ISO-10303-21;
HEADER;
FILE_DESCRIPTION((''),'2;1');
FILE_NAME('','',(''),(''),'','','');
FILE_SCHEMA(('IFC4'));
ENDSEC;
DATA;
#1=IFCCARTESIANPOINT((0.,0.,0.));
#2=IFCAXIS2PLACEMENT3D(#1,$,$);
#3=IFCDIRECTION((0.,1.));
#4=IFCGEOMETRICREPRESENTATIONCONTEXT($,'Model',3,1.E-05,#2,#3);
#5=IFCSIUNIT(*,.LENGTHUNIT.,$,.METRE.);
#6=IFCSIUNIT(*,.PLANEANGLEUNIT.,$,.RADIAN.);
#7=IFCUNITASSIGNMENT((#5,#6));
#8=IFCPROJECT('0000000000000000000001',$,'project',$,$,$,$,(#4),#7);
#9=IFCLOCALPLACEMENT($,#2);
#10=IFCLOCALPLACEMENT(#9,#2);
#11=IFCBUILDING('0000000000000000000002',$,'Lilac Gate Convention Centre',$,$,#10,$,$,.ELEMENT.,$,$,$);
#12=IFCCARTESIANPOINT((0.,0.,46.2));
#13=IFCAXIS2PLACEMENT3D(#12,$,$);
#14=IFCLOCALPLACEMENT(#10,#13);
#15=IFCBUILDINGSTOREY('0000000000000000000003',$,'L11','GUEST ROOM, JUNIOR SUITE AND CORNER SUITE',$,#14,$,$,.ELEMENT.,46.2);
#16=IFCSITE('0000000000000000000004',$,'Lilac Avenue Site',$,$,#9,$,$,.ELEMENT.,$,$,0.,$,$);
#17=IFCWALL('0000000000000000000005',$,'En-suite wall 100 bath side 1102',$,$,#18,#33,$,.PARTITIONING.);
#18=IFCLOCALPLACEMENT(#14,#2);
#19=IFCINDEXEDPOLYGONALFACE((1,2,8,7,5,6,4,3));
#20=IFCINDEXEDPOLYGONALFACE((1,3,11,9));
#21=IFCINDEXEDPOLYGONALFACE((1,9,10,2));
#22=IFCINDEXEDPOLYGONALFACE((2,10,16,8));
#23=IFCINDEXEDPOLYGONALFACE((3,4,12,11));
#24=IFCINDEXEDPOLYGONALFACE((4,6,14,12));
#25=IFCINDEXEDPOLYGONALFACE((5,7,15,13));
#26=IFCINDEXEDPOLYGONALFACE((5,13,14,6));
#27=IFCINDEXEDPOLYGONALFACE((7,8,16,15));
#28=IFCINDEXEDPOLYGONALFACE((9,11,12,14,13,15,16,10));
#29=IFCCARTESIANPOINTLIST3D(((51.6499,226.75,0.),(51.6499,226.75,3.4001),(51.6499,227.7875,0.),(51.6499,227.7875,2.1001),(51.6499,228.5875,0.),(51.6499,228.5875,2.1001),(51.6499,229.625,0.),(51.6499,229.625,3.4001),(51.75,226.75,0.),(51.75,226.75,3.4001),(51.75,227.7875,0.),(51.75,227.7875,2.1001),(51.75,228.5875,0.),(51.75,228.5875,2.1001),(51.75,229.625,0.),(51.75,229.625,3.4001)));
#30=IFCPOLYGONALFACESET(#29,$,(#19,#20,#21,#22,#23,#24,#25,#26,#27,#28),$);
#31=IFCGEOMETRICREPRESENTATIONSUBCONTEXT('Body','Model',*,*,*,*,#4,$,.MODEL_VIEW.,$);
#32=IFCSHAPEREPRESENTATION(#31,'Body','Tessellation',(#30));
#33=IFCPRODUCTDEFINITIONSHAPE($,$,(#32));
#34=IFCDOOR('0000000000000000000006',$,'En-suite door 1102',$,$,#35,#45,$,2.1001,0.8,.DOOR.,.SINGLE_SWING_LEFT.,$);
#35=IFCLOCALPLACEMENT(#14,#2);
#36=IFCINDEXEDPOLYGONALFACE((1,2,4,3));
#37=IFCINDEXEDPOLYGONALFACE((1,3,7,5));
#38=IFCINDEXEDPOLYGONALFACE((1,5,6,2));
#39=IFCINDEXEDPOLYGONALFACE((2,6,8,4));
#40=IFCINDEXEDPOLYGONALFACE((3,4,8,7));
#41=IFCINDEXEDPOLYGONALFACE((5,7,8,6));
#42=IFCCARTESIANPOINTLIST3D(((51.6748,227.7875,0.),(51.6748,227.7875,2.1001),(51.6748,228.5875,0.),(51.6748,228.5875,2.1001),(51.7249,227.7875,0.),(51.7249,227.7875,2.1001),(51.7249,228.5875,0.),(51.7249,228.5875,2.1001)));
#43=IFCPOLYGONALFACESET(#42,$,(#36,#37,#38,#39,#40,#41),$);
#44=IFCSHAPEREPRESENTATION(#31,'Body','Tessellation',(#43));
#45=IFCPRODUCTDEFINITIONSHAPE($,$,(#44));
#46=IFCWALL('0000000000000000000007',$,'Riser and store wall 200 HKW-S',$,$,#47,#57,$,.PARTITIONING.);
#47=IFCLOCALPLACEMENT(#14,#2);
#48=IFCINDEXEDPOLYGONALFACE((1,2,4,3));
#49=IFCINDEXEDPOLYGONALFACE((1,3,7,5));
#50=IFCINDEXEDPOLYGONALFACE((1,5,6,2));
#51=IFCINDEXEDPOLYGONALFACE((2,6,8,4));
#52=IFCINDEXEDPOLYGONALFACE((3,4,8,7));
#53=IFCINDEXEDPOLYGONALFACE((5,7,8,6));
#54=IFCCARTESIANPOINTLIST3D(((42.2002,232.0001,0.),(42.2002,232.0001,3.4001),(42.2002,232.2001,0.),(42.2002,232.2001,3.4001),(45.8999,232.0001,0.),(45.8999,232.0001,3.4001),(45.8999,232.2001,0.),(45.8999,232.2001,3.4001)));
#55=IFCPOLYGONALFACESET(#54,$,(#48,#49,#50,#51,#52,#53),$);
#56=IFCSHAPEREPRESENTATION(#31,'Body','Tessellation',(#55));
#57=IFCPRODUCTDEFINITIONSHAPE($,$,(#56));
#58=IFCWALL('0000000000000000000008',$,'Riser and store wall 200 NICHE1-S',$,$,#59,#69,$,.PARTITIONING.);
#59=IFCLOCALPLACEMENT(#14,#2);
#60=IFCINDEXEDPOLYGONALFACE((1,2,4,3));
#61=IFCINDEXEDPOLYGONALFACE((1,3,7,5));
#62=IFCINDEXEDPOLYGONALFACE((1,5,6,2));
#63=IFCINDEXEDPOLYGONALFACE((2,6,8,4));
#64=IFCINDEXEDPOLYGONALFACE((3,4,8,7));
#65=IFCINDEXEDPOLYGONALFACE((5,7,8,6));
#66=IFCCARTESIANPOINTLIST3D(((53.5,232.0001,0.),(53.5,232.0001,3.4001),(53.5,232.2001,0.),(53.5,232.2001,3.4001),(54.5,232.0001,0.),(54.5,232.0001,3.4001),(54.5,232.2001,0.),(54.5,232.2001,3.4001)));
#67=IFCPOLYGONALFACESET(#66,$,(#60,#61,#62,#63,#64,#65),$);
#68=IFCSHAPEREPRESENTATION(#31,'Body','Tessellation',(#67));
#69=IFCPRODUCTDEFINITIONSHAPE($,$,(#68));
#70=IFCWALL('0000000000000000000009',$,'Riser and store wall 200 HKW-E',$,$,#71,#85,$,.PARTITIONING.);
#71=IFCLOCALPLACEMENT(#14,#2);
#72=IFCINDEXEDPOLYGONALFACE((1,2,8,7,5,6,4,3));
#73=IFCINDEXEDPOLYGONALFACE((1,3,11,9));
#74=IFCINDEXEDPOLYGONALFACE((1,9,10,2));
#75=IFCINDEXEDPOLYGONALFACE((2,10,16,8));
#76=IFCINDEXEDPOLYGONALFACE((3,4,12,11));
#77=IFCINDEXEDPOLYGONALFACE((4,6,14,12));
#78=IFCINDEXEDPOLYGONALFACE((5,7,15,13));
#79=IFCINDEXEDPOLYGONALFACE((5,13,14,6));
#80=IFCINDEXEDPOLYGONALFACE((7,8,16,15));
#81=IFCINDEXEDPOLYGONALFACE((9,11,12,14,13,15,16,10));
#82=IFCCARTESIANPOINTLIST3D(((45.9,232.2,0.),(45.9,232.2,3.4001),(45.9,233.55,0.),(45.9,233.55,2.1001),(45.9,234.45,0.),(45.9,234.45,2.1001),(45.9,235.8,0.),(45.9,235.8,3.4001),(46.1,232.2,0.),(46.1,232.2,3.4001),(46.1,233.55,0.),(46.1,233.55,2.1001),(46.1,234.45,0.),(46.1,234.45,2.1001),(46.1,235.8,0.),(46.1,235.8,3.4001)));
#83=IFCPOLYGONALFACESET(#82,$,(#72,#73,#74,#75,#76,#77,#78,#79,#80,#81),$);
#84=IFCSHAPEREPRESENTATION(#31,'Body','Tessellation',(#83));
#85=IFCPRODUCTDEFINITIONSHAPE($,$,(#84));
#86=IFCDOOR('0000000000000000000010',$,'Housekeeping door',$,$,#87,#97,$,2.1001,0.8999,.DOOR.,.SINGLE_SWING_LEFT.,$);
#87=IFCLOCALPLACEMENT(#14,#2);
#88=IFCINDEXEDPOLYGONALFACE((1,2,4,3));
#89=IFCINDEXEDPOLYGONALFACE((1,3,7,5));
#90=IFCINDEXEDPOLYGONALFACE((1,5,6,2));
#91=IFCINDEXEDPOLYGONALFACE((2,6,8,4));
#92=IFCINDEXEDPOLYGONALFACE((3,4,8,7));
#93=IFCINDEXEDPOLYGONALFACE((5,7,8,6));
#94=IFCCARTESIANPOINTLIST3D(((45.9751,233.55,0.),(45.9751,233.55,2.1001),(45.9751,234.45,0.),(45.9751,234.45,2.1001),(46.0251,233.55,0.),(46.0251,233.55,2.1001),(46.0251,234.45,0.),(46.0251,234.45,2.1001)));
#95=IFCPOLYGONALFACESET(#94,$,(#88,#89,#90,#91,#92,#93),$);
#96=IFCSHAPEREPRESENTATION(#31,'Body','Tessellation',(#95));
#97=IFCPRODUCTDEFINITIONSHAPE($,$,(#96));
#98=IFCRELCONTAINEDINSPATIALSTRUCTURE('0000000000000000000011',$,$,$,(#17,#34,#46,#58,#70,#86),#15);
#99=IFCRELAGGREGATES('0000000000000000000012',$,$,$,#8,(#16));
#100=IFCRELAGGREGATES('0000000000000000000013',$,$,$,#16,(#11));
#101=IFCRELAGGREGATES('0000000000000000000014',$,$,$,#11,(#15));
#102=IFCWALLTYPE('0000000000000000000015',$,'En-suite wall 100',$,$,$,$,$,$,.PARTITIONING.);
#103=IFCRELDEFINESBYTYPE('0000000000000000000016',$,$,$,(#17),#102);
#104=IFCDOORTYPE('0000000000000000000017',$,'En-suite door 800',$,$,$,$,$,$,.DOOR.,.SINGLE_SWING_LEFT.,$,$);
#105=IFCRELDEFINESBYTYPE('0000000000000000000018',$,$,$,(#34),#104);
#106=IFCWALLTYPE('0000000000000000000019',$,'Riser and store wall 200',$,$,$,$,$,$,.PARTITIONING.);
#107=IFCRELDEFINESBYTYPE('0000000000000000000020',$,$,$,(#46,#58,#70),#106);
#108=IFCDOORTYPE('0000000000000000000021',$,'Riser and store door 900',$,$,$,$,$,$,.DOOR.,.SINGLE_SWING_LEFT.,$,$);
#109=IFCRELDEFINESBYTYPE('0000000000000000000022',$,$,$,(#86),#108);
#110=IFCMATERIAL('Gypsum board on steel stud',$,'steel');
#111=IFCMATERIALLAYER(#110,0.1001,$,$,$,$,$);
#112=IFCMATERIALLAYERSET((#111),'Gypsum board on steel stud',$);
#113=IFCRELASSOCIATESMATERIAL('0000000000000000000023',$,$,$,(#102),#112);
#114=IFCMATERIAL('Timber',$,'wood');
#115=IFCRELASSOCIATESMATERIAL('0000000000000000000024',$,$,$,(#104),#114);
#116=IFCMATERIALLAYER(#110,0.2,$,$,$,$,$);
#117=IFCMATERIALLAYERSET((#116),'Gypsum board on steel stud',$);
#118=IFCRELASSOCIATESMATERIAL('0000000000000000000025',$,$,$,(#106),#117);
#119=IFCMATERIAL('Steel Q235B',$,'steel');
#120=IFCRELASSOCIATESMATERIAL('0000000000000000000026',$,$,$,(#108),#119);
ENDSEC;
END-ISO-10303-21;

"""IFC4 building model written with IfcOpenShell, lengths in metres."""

from ifc_helpers import new_model, si_unit, direction, frame, frame_2d, origin, place, context, subcontext, project, spatial, rectangle, extrude, material, layer, layer_set, type_object, element, fill, save


model = new_model("IFC4")

# Units and contexts
model_context = context("Model", 3, precision=1e-05, world=origin(), true_north=direction((0.0, 1.0)))
body_context = subcontext(model_context, "Body", "Model", "MODEL_VIEW")
ifc_project = project(units=[si_unit("LENGTHUNIT", "METRE"), si_unit("PLANEANGLEUNIT", "RADIAN")], contexts=[model_context])

# Site, building, storey
site_placement = place(None, origin())
site = spatial("IfcSite", under=ifc_project, at=site_placement, Name="Lilac Avenue Site", CompositionType="ELEMENT", RefElevation=0.0)
building_placement = place(site_placement, origin())
building = spatial("IfcBuilding", under=site, at=building_placement, Name="Lilac Gate Convention Centre", CompositionType="ELEMENT")
storey_placement = place(building_placement, frame((0.0, 0.0, 46.2)))
storey = spatial("IfcBuildingStorey", under=building, at=storey_placement, Name="L11", Description="GUEST ROOM, JUNIOR SUITE AND CORNER SUITE", CompositionType="ELEMENT", Elevation=46.2)

# Wall, opening, door
ifc_material_1 = material(Name="Gypsum board on steel stud", Category="steel")
ifc_material_2 = material(Name="Timber", Category="wood")
ifc_layer_1 = layer(ifc_material_1, 0.1001)
ifc_layer_set_1 = layer_set([ifc_layer_1], Name="Gypsum board on steel stud")
wall_type_1 = type_object("IfcWallType", Name="En-suite wall 100", PredefinedType="PARTITIONING", material=ifc_layer_set_1)
wall_1_placement = place(storey_placement, frame((51.7, 229.625, 0.0), z_axis=(0.0, 0.0, 1.0), x_axis=(0.0, -1.0, 0.0)))
wall_1 = element("IfcWall", 1, at=wall_1_placement, inside=storey, type_object=wall_type_1, Name="En-suite wall 100 bath side 1102", PredefinedType="PARTITIONING", context=body_context, shape_type="SweptSolid", body=[
    extrude(rectangle(XDim=2.875, YDim=0.1001, at=frame_2d((1.4375, 0.0))), origin(), (0.0, 0.0, 1.0), 3.4001),
])
opening_1_placement = place(wall_1_placement, frame((1.0376, 0.0, 0.0)))
opening_1 = element("IfcOpeningElement", 2, at=opening_1_placement, cuts=wall_1, PredefinedType="OPENING", context=body_context, shape_type="SweptSolid", body=[
    extrude(rectangle(XDim=0.8, YDim=2.1001, at=frame_2d((0.3999, 1.05))), frame((0.0, 0.0601, 0.0), z_axis=(0.0, -1.0, 0.0), x_axis=(1.0, 0.0, 0.0)), (0.0, 0.0, 1.0), 0.1201),
])
door_type_1 = type_object("IfcDoorType", Name="En-suite door 800", OperationType="SINGLE_SWING_LEFT", PredefinedType="DOOR", material=ifc_material_2)
door_1_placement = place(opening_1_placement, origin())
door_1 = element("IfcDoor", 3, at=door_1_placement, inside=storey, type_object=door_type_1, Name="En-suite door 1102", OperationType="SINGLE_SWING_LEFT", OverallHeight=2.1001, OverallWidth=0.8, PredefinedType="DOOR", context=body_context, shape_type="SweptSolid", body=[
    extrude(rectangle(XDim=0.8, YDim=2.1001, at=frame_2d((0.3999, 1.05))), frame((0.0, 0.0249, 0.0), z_axis=(0.0, -1.0, 0.0), x_axis=(1.0, 0.0, 0.0)), (0.0, 0.0, 1.0), 0.05),
])
fill(opening_1, door_1)

# Walls
ifc_layer_2 = layer(ifc_material_1, 0.2)
ifc_layer_set_2 = layer_set([ifc_layer_2], Name="Gypsum board on steel stud")
wall_type_2 = type_object("IfcWallType", Name="Riser and store wall 200", PredefinedType="PARTITIONING", material=ifc_layer_set_2)
wall_2_placement = place(storey_placement, frame((42.2002, 232.1001, 0.0), z_axis=(0.0, 0.0, 1.0), x_axis=(1.0, 0.0, 0.0)))
element("IfcWall", 4, at=wall_2_placement, inside=storey, type_object=wall_type_2, Name="Riser and store wall 200 HKW-S", PredefinedType="PARTITIONING", context=body_context, shape_type="SweptSolid", body=[
    extrude(rectangle(XDim=3.6997, YDim=0.2, at=frame_2d((1.8499, 0.0))), origin(), (0.0, 0.0, 1.0), 3.4001),
])
wall_3_placement = place(storey_placement, frame((53.5, 232.1001, 0.0), z_axis=(0.0, 0.0, 1.0), x_axis=(1.0, 0.0, 0.0)))
element("IfcWall", 5, at=wall_3_placement, inside=storey, type_object=wall_type_2, Name="Riser and store wall 200 NICHE1-S", PredefinedType="PARTITIONING", context=body_context, shape_type="SweptSolid", body=[
    extrude(rectangle(XDim=1.0, YDim=0.2, at=frame_2d((0.5, 0.0))), origin(), (0.0, 0.0, 1.0), 3.4001),
])

# Wall, opening, door
wall_4_placement = place(storey_placement, frame((46.0, 232.2, 0.0), z_axis=(0.0, 0.0, 1.0), x_axis=(0.0, 1.0, 0.0)))
wall_4 = element("IfcWall", 6, at=wall_4_placement, inside=storey, type_object=wall_type_2, Name="Riser and store wall 200 HKW-E", PredefinedType="PARTITIONING", context=body_context, shape_type="SweptSolid", body=[
    extrude(rectangle(XDim=3.6001, YDim=0.2, at=frame_2d((1.8, 0.0))), origin(), (0.0, 0.0, 1.0), 3.4001),
])
opening_2_placement = place(wall_4_placement, frame((1.3501, 0.0, 0.0)))
opening_2 = element("IfcOpeningElement", 7, at=opening_2_placement, cuts=wall_4, PredefinedType="OPENING", context=body_context, shape_type="SweptSolid", body=[
    extrude(rectangle(XDim=0.8999, YDim=2.1001, at=frame_2d((0.45, 1.05))), frame((0.0, 0.1099, 0.0), z_axis=(0.0, -1.0, 0.0), x_axis=(1.0, 0.0, 0.0)), (0.0, 0.0, 1.0), 0.22),
])
ifc_material_3 = material(Name="Steel Q235B", Category="steel")
door_type_2 = type_object("IfcDoorType", Name="Riser and store door 900", OperationType="SINGLE_SWING_LEFT", PredefinedType="DOOR", material=ifc_material_3)
door_2_placement = place(opening_2_placement, origin())
door_2 = element("IfcDoor", 8, at=door_2_placement, inside=storey, type_object=door_type_2, Name="Housekeeping door", OperationType="SINGLE_SWING_LEFT", OverallHeight=2.1001, OverallWidth=0.8999, PredefinedType="DOOR", context=body_context, shape_type="SweptSolid", body=[
    extrude(rectangle(XDim=0.8999, YDim=2.1001, at=frame_2d((0.45, 1.05))), frame((0.0, 0.0249, 0.0), z_axis=(0.0, -1.0, 0.0), x_axis=(1.0, 0.0, 0.0)), (0.0, 0.0, 1.0), 0.05),
])
fill(opening_2, door_2)

save(model, "model.ifc")
